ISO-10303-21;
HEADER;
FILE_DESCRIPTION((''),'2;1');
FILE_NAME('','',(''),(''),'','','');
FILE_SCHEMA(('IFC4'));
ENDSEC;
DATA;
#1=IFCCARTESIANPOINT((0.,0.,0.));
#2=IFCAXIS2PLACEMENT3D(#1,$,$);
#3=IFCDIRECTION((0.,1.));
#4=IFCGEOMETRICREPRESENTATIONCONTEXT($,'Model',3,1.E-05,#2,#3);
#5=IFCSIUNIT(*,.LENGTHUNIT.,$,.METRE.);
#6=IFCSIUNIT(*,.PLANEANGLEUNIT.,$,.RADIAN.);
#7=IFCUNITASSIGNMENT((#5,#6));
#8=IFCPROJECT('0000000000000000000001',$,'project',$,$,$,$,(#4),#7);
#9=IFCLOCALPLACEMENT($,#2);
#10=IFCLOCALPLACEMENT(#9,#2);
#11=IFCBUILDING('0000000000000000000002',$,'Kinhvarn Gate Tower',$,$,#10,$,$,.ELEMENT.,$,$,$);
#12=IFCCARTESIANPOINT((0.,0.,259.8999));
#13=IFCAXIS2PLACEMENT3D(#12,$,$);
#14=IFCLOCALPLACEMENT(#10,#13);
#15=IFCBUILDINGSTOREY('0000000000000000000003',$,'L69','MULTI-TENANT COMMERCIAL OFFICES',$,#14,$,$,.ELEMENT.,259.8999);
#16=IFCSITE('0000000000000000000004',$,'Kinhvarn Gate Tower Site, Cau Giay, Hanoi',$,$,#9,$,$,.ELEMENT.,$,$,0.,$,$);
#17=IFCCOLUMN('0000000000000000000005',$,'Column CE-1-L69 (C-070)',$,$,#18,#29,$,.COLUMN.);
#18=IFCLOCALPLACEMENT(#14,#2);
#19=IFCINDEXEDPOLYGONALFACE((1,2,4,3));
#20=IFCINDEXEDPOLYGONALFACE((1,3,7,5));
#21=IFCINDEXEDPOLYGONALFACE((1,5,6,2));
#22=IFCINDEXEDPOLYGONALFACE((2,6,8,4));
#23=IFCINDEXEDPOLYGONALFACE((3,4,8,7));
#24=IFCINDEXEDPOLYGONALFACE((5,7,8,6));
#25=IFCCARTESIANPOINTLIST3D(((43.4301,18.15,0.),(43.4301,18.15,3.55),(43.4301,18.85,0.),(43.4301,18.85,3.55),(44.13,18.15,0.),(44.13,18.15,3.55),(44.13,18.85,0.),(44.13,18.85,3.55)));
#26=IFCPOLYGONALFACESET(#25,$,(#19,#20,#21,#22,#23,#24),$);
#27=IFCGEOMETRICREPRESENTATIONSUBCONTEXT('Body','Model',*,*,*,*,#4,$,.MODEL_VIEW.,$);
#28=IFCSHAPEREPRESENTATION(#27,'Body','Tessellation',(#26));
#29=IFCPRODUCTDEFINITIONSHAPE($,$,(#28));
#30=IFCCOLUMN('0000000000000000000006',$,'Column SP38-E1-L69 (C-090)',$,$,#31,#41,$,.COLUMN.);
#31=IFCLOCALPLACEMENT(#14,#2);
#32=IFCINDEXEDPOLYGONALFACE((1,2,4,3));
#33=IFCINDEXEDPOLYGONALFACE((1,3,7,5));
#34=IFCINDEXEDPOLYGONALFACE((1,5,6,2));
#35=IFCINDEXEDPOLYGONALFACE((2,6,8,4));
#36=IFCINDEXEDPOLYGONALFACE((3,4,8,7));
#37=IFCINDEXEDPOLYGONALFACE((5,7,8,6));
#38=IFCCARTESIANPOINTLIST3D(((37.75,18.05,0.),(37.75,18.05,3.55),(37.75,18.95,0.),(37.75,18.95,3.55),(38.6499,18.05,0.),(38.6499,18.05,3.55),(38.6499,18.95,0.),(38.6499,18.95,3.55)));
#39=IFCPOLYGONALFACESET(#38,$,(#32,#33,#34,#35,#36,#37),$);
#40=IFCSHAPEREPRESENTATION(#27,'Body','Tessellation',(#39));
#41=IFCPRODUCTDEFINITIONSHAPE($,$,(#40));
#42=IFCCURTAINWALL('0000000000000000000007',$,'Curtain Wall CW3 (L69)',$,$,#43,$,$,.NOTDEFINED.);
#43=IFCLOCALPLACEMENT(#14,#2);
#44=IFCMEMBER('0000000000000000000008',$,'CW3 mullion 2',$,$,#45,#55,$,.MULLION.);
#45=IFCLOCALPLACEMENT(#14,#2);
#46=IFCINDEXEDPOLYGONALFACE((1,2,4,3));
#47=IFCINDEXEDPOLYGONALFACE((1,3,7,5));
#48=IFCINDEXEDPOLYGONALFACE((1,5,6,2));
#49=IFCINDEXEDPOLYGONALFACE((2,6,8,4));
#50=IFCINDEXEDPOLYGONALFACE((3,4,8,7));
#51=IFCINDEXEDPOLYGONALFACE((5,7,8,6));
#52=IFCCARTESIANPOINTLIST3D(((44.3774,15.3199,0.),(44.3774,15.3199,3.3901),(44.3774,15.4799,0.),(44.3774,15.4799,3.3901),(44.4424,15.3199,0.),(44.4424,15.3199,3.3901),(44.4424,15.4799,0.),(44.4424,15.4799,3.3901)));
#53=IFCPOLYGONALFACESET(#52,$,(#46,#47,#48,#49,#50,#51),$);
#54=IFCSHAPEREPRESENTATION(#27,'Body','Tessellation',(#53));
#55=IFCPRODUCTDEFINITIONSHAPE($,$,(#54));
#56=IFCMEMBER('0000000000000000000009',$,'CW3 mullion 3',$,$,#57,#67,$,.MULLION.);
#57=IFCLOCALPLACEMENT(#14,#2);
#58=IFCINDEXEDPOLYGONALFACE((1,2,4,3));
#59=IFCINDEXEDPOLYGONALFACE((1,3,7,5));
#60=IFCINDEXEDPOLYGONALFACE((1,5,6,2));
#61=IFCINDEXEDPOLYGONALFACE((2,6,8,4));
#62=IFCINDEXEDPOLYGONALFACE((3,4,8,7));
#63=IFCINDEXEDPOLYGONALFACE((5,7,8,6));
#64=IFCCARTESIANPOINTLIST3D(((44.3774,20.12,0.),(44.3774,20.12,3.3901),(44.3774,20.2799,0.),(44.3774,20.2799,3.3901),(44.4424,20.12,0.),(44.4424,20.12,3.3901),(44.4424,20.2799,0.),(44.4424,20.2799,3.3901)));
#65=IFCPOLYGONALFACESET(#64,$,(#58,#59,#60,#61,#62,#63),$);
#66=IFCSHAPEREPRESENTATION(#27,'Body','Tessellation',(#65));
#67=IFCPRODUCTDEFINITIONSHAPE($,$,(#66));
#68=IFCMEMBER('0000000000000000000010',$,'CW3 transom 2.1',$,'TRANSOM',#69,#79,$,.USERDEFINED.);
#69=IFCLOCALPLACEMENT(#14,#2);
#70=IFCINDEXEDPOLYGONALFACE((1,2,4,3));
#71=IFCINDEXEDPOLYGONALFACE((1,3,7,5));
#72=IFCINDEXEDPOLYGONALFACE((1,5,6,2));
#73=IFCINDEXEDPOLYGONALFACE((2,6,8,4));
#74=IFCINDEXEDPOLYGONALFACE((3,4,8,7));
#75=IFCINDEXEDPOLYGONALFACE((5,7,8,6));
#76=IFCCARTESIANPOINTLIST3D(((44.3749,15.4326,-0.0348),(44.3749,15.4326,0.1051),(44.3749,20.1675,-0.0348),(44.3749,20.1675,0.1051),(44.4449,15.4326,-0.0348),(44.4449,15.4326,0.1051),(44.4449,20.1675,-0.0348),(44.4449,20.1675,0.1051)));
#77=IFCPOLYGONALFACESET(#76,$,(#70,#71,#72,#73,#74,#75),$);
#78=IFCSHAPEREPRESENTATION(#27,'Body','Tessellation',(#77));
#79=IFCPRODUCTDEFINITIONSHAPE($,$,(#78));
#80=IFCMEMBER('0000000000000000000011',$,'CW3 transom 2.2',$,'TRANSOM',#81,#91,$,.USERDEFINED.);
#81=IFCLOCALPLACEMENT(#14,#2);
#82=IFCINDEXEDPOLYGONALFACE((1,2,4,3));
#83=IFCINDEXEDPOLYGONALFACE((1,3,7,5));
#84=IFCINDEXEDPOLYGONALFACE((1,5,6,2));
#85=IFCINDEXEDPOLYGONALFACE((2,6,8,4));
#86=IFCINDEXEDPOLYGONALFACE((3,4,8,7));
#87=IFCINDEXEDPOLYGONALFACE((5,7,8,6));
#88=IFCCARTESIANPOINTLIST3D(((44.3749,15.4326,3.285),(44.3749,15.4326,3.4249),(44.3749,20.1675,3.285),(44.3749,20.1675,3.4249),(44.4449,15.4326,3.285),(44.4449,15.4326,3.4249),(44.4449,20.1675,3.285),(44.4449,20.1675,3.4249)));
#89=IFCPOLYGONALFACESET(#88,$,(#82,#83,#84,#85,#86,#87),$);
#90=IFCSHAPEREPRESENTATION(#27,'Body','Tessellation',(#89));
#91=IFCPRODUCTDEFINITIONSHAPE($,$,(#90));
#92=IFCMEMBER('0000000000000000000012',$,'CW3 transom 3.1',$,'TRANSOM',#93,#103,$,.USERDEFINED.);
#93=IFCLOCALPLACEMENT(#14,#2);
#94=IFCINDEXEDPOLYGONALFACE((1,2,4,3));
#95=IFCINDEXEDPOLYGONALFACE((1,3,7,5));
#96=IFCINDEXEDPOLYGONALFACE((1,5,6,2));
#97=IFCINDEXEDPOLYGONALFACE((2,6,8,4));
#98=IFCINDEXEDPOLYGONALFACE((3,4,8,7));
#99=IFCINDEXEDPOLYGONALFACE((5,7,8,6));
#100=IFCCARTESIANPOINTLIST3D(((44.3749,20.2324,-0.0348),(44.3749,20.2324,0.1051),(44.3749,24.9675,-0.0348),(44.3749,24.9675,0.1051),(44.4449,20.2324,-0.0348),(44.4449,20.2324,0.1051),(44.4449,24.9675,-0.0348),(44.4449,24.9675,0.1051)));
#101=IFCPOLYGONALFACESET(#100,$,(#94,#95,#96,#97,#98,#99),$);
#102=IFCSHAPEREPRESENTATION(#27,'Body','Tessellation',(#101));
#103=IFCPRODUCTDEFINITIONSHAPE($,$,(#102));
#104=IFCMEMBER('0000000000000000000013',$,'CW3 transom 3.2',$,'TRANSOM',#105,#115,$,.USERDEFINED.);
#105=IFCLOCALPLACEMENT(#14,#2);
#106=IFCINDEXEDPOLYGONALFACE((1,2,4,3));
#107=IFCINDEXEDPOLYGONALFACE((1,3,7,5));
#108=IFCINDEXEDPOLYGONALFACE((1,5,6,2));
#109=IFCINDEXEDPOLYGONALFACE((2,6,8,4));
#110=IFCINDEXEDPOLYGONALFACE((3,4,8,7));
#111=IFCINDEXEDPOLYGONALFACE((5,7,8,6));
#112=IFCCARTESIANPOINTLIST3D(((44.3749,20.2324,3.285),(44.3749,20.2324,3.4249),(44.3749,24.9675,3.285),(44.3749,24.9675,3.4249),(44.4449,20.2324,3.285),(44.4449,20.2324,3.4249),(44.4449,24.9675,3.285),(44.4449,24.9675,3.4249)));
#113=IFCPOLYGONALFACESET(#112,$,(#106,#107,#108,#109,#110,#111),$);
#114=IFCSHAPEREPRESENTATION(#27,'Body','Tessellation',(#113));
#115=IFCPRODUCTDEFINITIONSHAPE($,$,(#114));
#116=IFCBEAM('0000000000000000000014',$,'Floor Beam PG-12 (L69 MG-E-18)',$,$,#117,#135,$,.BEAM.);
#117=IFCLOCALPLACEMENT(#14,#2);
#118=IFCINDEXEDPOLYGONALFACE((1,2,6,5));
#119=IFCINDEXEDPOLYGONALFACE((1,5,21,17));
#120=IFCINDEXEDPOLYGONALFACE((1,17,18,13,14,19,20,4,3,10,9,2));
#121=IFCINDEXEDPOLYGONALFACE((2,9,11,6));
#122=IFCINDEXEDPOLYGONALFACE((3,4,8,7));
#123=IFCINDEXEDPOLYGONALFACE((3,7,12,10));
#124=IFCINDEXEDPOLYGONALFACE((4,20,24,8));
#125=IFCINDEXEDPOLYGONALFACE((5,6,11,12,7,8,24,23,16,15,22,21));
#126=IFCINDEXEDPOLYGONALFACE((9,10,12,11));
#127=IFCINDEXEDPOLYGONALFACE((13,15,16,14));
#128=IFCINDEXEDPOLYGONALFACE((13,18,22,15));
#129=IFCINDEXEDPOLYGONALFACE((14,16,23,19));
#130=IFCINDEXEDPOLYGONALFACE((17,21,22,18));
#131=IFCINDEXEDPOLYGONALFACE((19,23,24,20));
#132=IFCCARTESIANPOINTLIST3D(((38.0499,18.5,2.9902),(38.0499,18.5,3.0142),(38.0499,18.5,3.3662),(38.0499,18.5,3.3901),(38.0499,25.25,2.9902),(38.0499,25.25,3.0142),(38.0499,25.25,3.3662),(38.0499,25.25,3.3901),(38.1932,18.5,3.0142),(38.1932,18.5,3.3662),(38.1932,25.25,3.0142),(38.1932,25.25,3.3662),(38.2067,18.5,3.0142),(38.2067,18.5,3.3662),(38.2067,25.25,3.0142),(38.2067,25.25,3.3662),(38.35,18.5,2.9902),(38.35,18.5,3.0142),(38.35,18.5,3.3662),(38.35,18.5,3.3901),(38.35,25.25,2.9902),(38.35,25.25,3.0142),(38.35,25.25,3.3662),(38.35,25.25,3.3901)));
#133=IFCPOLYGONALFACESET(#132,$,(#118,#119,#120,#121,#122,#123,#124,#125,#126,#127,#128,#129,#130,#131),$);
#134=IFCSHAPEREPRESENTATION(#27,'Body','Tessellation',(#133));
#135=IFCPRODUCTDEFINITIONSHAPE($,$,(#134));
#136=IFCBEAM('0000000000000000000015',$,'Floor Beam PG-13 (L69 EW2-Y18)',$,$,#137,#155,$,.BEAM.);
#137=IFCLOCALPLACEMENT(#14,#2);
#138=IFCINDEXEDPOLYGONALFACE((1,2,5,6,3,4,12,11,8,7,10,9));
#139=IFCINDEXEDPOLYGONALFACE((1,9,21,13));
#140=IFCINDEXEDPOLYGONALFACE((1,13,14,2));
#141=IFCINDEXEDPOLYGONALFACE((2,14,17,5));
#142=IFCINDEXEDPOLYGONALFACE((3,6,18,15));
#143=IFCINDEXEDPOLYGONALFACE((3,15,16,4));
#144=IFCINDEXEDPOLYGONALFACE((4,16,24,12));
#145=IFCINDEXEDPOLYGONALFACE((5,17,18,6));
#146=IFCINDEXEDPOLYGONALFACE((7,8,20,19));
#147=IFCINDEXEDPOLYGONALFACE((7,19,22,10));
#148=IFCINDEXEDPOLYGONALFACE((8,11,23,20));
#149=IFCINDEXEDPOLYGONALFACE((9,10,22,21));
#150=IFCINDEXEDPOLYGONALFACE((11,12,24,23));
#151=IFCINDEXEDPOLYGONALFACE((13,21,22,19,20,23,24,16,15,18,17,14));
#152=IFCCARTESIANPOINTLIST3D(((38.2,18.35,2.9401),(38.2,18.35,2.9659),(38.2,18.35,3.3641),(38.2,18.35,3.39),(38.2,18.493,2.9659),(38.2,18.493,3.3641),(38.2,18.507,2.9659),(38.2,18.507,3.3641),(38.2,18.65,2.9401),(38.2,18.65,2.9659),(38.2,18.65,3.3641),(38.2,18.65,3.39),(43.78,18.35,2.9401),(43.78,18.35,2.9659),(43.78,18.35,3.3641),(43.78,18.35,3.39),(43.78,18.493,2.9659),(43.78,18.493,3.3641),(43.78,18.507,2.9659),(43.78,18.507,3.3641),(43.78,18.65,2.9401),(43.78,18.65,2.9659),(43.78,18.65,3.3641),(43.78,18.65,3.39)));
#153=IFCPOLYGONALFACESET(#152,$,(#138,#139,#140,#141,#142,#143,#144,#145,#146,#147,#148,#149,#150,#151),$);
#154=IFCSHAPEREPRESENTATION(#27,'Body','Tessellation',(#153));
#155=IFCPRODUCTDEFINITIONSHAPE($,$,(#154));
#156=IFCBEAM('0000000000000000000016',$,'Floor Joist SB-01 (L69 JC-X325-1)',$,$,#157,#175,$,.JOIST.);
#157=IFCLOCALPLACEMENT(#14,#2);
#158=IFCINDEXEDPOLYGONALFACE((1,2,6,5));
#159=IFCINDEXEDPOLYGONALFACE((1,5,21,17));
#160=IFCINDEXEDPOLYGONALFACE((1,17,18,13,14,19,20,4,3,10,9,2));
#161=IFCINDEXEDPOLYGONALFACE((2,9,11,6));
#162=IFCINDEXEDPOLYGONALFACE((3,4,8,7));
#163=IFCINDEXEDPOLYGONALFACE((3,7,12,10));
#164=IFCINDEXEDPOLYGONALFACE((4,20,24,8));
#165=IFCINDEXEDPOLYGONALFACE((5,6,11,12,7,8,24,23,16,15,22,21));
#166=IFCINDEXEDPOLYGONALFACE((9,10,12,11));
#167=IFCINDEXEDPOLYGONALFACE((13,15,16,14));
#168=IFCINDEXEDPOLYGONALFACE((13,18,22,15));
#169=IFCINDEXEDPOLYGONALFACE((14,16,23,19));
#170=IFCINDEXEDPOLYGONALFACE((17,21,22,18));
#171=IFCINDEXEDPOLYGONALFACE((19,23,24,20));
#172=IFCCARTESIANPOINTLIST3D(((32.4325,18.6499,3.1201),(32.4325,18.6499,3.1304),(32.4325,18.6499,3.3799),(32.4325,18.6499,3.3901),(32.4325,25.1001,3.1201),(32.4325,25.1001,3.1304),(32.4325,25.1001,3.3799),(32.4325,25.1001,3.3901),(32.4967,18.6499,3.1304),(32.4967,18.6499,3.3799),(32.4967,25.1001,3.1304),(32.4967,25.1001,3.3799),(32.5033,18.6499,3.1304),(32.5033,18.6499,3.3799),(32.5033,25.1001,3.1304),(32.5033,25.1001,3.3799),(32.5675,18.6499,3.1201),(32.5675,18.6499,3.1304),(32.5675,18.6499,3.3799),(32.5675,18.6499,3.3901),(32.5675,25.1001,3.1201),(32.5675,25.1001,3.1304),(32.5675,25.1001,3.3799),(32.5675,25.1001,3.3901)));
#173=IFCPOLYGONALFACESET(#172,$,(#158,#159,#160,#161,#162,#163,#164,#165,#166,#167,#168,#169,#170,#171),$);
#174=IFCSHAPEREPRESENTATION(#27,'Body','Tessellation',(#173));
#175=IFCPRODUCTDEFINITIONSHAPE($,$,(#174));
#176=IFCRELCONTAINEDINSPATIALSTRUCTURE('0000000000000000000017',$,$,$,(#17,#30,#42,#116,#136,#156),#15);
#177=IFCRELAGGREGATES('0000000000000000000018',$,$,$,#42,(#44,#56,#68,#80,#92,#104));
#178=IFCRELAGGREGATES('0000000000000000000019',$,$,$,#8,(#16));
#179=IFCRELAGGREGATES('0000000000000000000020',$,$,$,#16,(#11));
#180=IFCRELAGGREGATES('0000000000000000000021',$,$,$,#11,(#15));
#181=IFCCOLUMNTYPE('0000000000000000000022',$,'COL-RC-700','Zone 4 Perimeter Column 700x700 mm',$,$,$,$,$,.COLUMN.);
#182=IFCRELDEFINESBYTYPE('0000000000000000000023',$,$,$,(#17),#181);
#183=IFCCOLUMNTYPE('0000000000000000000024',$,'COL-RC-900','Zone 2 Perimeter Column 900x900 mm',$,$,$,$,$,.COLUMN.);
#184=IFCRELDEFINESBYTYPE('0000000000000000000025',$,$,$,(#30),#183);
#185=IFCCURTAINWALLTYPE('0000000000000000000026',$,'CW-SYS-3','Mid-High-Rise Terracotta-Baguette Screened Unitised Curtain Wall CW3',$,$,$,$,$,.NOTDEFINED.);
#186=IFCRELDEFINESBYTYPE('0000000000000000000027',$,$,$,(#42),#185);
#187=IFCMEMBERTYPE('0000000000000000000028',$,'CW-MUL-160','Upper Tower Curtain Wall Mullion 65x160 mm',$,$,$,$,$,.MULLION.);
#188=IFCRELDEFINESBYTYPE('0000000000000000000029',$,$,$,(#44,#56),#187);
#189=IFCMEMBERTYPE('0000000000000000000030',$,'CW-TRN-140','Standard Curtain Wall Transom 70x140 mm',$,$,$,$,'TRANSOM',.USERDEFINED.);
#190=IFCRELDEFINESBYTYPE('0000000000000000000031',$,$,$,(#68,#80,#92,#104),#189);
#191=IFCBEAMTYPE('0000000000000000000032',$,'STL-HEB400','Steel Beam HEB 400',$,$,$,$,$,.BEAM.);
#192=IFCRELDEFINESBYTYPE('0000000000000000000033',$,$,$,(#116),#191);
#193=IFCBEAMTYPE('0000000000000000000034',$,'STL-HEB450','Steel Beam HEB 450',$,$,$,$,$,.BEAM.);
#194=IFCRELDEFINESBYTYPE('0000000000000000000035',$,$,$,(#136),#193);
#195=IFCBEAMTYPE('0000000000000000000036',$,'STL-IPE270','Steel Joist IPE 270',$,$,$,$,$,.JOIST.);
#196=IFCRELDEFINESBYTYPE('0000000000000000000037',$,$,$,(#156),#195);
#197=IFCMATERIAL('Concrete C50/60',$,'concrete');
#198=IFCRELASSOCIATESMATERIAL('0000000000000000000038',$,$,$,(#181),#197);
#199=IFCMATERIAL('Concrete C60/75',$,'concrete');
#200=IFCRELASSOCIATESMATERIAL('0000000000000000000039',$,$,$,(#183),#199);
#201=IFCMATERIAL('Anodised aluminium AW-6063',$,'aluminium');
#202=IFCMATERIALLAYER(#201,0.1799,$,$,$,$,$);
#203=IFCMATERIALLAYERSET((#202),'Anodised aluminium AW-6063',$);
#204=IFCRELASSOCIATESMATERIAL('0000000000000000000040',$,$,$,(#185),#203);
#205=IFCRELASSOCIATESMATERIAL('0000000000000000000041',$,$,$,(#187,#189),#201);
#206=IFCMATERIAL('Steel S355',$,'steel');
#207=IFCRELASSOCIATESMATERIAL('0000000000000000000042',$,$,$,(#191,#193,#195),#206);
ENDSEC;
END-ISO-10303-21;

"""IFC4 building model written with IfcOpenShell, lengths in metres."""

from ifc_helpers import new_model, si_unit, direction, frame, origin, origin_2d, place, context, subcontext, project, spatial, rectangle, i_section, extrude, material, layer, layer_set, material_profile, profile_set, type_object, element, aggregate, save


model = new_model("IFC4")

# Units and contexts
model_context = context("Model", 3, precision=1e-05, world=origin(), true_north=direction((0.0, 1.0)))
body_context = subcontext(model_context, "Body", "Model", "MODEL_VIEW")
ifc_project = project(units=[si_unit("LENGTHUNIT", "METRE"), si_unit("PLANEANGLEUNIT", "RADIAN")], contexts=[model_context])

# Site, building, storey
site_placement = place(None, origin())
site = spatial("IfcSite", under=ifc_project, at=site_placement, Name="Kinhvarn Gate Tower Site, Cau Giay, Hanoi", CompositionType="ELEMENT", RefElevation=0.0)
building_placement = place(site_placement, origin())
building = spatial("IfcBuilding", under=site, at=building_placement, Name="Kinhvarn Gate Tower", CompositionType="ELEMENT")
storey_placement = place(building_placement, frame((0.0, 0.0, 259.8999)))
storey = spatial("IfcBuildingStorey", under=building, at=storey_placement, Name="L69", Description="MULTI-TENANT COMMERCIAL OFFICES", CompositionType="ELEMENT", Elevation=259.8999)

# Columns
ifc_material_1 = material(Name="Concrete C50/60", Category="concrete")
ifc_material_profile_1 = material_profile(ifc_material_1, rectangle(XDim=0.7, YDim=0.7, at=origin_2d()), Name="RC 700x700")
ifc_profile_set_1 = profile_set([ifc_material_profile_1], Name="Concrete C50/60")
column_type_1 = type_object("IfcColumnType", Name="COL-RC-700", Description="Zone 4 Perimeter Column 700x700 mm", PredefinedType="COLUMN", material=ifc_profile_set_1)
column_1_placement = place(storey_placement, frame((43.78, 18.5, 0.0), z_axis=(0.0, 0.0, 1.0), x_axis=(1.0, 0.0, 0.0)))
element("IfcColumn", 1, at=column_1_placement, inside=storey, type_object=column_type_1, Name="Column CE-1-L69 (C-070)", PredefinedType="COLUMN", context=body_context, shape_type="SweptSolid", body=[
    extrude(rectangle(XDim=0.7, YDim=0.7, at=origin_2d()), origin(), (0.0, 0.0, 1.0), 3.55),
])
ifc_material_2 = material(Name="Concrete C60/75", Category="concrete")
ifc_material_profile_2 = material_profile(ifc_material_2, rectangle(XDim=0.8999, YDim=0.8999, at=origin_2d()), Name="RC 900x900")
ifc_profile_set_2 = profile_set([ifc_material_profile_2], Name="Concrete C60/75")
column_type_2 = type_object("IfcColumnType", Name="COL-RC-900", Description="Zone 2 Perimeter Column 900x900 mm", PredefinedType="COLUMN", material=ifc_profile_set_2)
column_2_placement = place(storey_placement, frame((38.2, 18.5, 0.0), z_axis=(0.0, 0.0, 1.0), x_axis=(1.0, 0.0, 0.0)))
element("IfcColumn", 2, at=column_2_placement, inside=storey, type_object=column_type_2, Name="Column SP38-E1-L69 (C-090)", PredefinedType="COLUMN", context=body_context, shape_type="SweptSolid", body=[
    extrude(rectangle(XDim=0.8999, YDim=0.8999, at=origin_2d()), origin(), (0.0, 0.0, 1.0), 3.55),
])

# Curtain wall, members
ifc_material_3 = material(Name="Anodised aluminium AW-6063", Category="aluminium")
ifc_layer_1 = layer(ifc_material_3, 0.1799)
ifc_layer_set_1 = layer_set([ifc_layer_1], Name="Anodised aluminium AW-6063")
curtain_wall_type = type_object("IfcCurtainWallType", Name="CW-SYS-3", Description="Mid-High-Rise Terracotta-Baguette Screened Unitised Curtain Wall CW3", PredefinedType="NOTDEFINED", material=ifc_layer_set_1)
curtain_wall_placement = place(storey_placement, origin())
curtain_wall = element("IfcCurtainWall", 3, at=curtain_wall_placement, inside=storey, type_object=curtain_wall_type, Name="Curtain Wall CW3 (L69)", PredefinedType="NOTDEFINED")
ifc_material_profile_3 = material_profile(ifc_material_3, rectangle(XDim=0.0649, YDim=0.1599, at=origin_2d()), Name="ALU 65x160")
ifc_profile_set_3 = profile_set([ifc_material_profile_3], Name="Anodised aluminium AW-6063")
member_type_1 = type_object("IfcMemberType", Name="CW-MUL-160", Description="Upper Tower Curtain Wall Mullion 65x160 mm", PredefinedType="MULLION", material=ifc_profile_set_3)
member_1_placement = place(storey_placement, frame((44.4099, 15.3999, 0.0), z_axis=(0.0, 0.0, 1.0), x_axis=(-1.0, 0.0, 0.0)))
member_1 = element("IfcMember", 4, at=member_1_placement, type_object=member_type_1, Name="CW3 mullion 2", PredefinedType="MULLION", context=body_context, shape_type="SweptSolid", body=[
    extrude(rectangle(XDim=0.0649, YDim=0.1599, at=origin_2d()), origin(), (0.0, 0.0, 1.0), 3.3901),
])
member_2_placement = place(storey_placement, frame((44.4099, 20.2, 0.0), z_axis=(0.0, 0.0, 1.0), x_axis=(-1.0, 0.0, 0.0)))
member_2 = element("IfcMember", 5, at=member_2_placement, type_object=member_type_1, Name="CW3 mullion 3", PredefinedType="MULLION", context=body_context, shape_type="SweptSolid", body=[
    extrude(rectangle(XDim=0.0649, YDim=0.1599, at=origin_2d()), origin(), (0.0, 0.0, 1.0), 3.3901),
])
ifc_material_profile_4 = material_profile(ifc_material_3, rectangle(XDim=0.0701, YDim=0.1399, at=origin_2d()), Name="ALU 70x140")
ifc_profile_set_4 = profile_set([ifc_material_profile_4], Name="Anodised aluminium AW-6063")
member_type_2 = type_object("IfcMemberType", Name="CW-TRN-140", Description="Standard Curtain Wall Transom 70x140 mm", ElementType="TRANSOM", PredefinedType="USERDEFINED", material=ifc_profile_set_4)
member_3_placement = place(storey_placement, frame((44.4099, 15.4326, 0.0352), z_axis=(0.0, 1.0, 0.0), x_axis=(-1.0, 0.0, 0.0)))
member_3 = element("IfcMember", 6, at=member_3_placement, type_object=member_type_2, Name="CW3 transom 2.1", ObjectType="TRANSOM", PredefinedType="USERDEFINED", context=body_context, shape_type="SweptSolid", body=[
    extrude(rectangle(XDim=0.0701, YDim=0.1399, at=origin_2d()), origin(), (0.0, 0.0, 1.0), 4.7349),
])
member_4_placement = place(storey_placement, frame((44.4099, 15.4326, 3.355), z_axis=(0.0, 1.0, 0.0), x_axis=(-1.0, 0.0, 0.0)))
member_4 = element("IfcMember", 7, at=member_4_placement, type_object=member_type_2, Name="CW3 transom 2.2", ObjectType="TRANSOM", PredefinedType="USERDEFINED", context=body_context, shape_type="SweptSolid", body=[
    extrude(rectangle(XDim=0.0701, YDim=0.1399, at=origin_2d()), origin(), (0.0, 0.0, 1.0), 4.7349),
])
member_5_placement = place(storey_placement, frame((44.4099, 20.2324, 0.0352), z_axis=(0.0, 1.0, 0.0), x_axis=(-1.0, 0.0, 0.0)))
member_5 = element("IfcMember", 8, at=member_5_placement, type_object=member_type_2, Name="CW3 transom 3.1", ObjectType="TRANSOM", PredefinedType="USERDEFINED", context=body_context, shape_type="SweptSolid", body=[
    extrude(rectangle(XDim=0.0701, YDim=0.1399, at=origin_2d()), origin(), (0.0, 0.0, 1.0), 4.7351),
])
member_6_placement = place(storey_placement, frame((44.4099, 20.2324, 3.355), z_axis=(0.0, 1.0, 0.0), x_axis=(-1.0, 0.0, 0.0)))
member_6 = element("IfcMember", 9, at=member_6_placement, type_object=member_type_2, Name="CW3 transom 3.2", ObjectType="TRANSOM", PredefinedType="USERDEFINED", context=body_context, shape_type="SweptSolid", body=[
    extrude(rectangle(XDim=0.0701, YDim=0.1399, at=origin_2d()), origin(), (0.0, 0.0, 1.0), 4.7351),
])

# Beams
ifc_material_4 = material(Name="Steel S355", Category="steel")
ifc_material_profile_5 = material_profile(ifc_material_4, i_section(OverallWidth=0.3, OverallDepth=0.3999, WebThickness=0.0134, FlangeThickness=0.0239, at=origin_2d()), Name="HEB 400")
ifc_profile_set_5 = profile_set([ifc_material_profile_5], Name="Steel S355")
beam_type_1 = type_object("IfcBeamType", Name="STL-HEB400", Description="Steel Beam HEB 400", PredefinedType="BEAM", material=ifc_profile_set_5)
beam_1_placement = place(storey_placement, frame((38.2, 18.5, 3.1902), z_axis=(0.0, 1.0, 0.0), x_axis=(-1.0, 0.0, 0.0)))
element("IfcBeam", 10, at=beam_1_placement, inside=storey, type_object=beam_type_1, Name="Floor Beam PG-12 (L69 MG-E-18)", PredefinedType="BEAM", context=body_context, shape_type="SweptSolid", body=[
    extrude(i_section(OverallWidth=0.3, OverallDepth=0.3999, WebThickness=0.0134, FlangeThickness=0.0239, at=origin_2d()), origin(), (0.0, 0.0, 1.0), 6.75),
])
ifc_material_profile_6 = material_profile(ifc_material_4, i_section(OverallWidth=0.3, OverallDepth=0.45, WebThickness=0.0139, FlangeThickness=0.0259, at=origin_2d()), Name="HEB 450")
ifc_profile_set_6 = profile_set([ifc_material_profile_6], Name="Steel S355")
beam_type_2 = type_object("IfcBeamType", Name="STL-HEB450", Description="Steel Beam HEB 450", PredefinedType="BEAM", material=ifc_profile_set_6)
beam_2_placement = place(storey_placement, frame((38.2, 18.5, 3.165), z_axis=(1.0, 0.0, 0.0), x_axis=(0.0, 1.0, 0.0)))
element("IfcBeam", 11, at=beam_2_placement, inside=storey, type_object=beam_type_2, Name="Floor Beam PG-13 (L69 EW2-Y18)", PredefinedType="BEAM", context=body_context, shape_type="SweptSolid", body=[
    extrude(i_section(OverallWidth=0.3, OverallDepth=0.45, WebThickness=0.0139, FlangeThickness=0.0259, at=origin_2d()), origin(), (0.0, 0.0, 1.0), 5.5801),
])
ifc_material_profile_7 = material_profile(ifc_material_4, i_section(OverallWidth=0.135, OverallDepth=0.27, WebThickness=0.0066, FlangeThickness=0.0103, at=origin_2d()), Name="IPE 270")
ifc_profile_set_7 = profile_set([ifc_material_profile_7], Name="Steel S355")
beam_type_3 = type_object("IfcBeamType", Name="STL-IPE270", Description="Steel Joist IPE 270", PredefinedType="JOIST", material=ifc_profile_set_7)
beam_3_placement = place(storey_placement, frame((32.5, 18.6499, 3.2551), z_axis=(0.0, 1.0, 0.0), x_axis=(-1.0, 0.0, 0.0)))
element("IfcBeam", 12, at=beam_3_placement, inside=storey, type_object=beam_type_3, Name="Floor Joist SB-01 (L69 JC-X325-1)", PredefinedType="JOIST", context=body_context, shape_type="SweptSolid", body=[
    extrude(i_section(OverallWidth=0.135, OverallDepth=0.27, WebThickness=0.0066, FlangeThickness=0.0103, at=origin_2d()), origin(), (0.0, 0.0, 1.0), 6.4502),
])

aggregate(curtain_wall, [member_1, member_2, member_3, member_4, member_5, member_6])

save(model, "model.ifc")
